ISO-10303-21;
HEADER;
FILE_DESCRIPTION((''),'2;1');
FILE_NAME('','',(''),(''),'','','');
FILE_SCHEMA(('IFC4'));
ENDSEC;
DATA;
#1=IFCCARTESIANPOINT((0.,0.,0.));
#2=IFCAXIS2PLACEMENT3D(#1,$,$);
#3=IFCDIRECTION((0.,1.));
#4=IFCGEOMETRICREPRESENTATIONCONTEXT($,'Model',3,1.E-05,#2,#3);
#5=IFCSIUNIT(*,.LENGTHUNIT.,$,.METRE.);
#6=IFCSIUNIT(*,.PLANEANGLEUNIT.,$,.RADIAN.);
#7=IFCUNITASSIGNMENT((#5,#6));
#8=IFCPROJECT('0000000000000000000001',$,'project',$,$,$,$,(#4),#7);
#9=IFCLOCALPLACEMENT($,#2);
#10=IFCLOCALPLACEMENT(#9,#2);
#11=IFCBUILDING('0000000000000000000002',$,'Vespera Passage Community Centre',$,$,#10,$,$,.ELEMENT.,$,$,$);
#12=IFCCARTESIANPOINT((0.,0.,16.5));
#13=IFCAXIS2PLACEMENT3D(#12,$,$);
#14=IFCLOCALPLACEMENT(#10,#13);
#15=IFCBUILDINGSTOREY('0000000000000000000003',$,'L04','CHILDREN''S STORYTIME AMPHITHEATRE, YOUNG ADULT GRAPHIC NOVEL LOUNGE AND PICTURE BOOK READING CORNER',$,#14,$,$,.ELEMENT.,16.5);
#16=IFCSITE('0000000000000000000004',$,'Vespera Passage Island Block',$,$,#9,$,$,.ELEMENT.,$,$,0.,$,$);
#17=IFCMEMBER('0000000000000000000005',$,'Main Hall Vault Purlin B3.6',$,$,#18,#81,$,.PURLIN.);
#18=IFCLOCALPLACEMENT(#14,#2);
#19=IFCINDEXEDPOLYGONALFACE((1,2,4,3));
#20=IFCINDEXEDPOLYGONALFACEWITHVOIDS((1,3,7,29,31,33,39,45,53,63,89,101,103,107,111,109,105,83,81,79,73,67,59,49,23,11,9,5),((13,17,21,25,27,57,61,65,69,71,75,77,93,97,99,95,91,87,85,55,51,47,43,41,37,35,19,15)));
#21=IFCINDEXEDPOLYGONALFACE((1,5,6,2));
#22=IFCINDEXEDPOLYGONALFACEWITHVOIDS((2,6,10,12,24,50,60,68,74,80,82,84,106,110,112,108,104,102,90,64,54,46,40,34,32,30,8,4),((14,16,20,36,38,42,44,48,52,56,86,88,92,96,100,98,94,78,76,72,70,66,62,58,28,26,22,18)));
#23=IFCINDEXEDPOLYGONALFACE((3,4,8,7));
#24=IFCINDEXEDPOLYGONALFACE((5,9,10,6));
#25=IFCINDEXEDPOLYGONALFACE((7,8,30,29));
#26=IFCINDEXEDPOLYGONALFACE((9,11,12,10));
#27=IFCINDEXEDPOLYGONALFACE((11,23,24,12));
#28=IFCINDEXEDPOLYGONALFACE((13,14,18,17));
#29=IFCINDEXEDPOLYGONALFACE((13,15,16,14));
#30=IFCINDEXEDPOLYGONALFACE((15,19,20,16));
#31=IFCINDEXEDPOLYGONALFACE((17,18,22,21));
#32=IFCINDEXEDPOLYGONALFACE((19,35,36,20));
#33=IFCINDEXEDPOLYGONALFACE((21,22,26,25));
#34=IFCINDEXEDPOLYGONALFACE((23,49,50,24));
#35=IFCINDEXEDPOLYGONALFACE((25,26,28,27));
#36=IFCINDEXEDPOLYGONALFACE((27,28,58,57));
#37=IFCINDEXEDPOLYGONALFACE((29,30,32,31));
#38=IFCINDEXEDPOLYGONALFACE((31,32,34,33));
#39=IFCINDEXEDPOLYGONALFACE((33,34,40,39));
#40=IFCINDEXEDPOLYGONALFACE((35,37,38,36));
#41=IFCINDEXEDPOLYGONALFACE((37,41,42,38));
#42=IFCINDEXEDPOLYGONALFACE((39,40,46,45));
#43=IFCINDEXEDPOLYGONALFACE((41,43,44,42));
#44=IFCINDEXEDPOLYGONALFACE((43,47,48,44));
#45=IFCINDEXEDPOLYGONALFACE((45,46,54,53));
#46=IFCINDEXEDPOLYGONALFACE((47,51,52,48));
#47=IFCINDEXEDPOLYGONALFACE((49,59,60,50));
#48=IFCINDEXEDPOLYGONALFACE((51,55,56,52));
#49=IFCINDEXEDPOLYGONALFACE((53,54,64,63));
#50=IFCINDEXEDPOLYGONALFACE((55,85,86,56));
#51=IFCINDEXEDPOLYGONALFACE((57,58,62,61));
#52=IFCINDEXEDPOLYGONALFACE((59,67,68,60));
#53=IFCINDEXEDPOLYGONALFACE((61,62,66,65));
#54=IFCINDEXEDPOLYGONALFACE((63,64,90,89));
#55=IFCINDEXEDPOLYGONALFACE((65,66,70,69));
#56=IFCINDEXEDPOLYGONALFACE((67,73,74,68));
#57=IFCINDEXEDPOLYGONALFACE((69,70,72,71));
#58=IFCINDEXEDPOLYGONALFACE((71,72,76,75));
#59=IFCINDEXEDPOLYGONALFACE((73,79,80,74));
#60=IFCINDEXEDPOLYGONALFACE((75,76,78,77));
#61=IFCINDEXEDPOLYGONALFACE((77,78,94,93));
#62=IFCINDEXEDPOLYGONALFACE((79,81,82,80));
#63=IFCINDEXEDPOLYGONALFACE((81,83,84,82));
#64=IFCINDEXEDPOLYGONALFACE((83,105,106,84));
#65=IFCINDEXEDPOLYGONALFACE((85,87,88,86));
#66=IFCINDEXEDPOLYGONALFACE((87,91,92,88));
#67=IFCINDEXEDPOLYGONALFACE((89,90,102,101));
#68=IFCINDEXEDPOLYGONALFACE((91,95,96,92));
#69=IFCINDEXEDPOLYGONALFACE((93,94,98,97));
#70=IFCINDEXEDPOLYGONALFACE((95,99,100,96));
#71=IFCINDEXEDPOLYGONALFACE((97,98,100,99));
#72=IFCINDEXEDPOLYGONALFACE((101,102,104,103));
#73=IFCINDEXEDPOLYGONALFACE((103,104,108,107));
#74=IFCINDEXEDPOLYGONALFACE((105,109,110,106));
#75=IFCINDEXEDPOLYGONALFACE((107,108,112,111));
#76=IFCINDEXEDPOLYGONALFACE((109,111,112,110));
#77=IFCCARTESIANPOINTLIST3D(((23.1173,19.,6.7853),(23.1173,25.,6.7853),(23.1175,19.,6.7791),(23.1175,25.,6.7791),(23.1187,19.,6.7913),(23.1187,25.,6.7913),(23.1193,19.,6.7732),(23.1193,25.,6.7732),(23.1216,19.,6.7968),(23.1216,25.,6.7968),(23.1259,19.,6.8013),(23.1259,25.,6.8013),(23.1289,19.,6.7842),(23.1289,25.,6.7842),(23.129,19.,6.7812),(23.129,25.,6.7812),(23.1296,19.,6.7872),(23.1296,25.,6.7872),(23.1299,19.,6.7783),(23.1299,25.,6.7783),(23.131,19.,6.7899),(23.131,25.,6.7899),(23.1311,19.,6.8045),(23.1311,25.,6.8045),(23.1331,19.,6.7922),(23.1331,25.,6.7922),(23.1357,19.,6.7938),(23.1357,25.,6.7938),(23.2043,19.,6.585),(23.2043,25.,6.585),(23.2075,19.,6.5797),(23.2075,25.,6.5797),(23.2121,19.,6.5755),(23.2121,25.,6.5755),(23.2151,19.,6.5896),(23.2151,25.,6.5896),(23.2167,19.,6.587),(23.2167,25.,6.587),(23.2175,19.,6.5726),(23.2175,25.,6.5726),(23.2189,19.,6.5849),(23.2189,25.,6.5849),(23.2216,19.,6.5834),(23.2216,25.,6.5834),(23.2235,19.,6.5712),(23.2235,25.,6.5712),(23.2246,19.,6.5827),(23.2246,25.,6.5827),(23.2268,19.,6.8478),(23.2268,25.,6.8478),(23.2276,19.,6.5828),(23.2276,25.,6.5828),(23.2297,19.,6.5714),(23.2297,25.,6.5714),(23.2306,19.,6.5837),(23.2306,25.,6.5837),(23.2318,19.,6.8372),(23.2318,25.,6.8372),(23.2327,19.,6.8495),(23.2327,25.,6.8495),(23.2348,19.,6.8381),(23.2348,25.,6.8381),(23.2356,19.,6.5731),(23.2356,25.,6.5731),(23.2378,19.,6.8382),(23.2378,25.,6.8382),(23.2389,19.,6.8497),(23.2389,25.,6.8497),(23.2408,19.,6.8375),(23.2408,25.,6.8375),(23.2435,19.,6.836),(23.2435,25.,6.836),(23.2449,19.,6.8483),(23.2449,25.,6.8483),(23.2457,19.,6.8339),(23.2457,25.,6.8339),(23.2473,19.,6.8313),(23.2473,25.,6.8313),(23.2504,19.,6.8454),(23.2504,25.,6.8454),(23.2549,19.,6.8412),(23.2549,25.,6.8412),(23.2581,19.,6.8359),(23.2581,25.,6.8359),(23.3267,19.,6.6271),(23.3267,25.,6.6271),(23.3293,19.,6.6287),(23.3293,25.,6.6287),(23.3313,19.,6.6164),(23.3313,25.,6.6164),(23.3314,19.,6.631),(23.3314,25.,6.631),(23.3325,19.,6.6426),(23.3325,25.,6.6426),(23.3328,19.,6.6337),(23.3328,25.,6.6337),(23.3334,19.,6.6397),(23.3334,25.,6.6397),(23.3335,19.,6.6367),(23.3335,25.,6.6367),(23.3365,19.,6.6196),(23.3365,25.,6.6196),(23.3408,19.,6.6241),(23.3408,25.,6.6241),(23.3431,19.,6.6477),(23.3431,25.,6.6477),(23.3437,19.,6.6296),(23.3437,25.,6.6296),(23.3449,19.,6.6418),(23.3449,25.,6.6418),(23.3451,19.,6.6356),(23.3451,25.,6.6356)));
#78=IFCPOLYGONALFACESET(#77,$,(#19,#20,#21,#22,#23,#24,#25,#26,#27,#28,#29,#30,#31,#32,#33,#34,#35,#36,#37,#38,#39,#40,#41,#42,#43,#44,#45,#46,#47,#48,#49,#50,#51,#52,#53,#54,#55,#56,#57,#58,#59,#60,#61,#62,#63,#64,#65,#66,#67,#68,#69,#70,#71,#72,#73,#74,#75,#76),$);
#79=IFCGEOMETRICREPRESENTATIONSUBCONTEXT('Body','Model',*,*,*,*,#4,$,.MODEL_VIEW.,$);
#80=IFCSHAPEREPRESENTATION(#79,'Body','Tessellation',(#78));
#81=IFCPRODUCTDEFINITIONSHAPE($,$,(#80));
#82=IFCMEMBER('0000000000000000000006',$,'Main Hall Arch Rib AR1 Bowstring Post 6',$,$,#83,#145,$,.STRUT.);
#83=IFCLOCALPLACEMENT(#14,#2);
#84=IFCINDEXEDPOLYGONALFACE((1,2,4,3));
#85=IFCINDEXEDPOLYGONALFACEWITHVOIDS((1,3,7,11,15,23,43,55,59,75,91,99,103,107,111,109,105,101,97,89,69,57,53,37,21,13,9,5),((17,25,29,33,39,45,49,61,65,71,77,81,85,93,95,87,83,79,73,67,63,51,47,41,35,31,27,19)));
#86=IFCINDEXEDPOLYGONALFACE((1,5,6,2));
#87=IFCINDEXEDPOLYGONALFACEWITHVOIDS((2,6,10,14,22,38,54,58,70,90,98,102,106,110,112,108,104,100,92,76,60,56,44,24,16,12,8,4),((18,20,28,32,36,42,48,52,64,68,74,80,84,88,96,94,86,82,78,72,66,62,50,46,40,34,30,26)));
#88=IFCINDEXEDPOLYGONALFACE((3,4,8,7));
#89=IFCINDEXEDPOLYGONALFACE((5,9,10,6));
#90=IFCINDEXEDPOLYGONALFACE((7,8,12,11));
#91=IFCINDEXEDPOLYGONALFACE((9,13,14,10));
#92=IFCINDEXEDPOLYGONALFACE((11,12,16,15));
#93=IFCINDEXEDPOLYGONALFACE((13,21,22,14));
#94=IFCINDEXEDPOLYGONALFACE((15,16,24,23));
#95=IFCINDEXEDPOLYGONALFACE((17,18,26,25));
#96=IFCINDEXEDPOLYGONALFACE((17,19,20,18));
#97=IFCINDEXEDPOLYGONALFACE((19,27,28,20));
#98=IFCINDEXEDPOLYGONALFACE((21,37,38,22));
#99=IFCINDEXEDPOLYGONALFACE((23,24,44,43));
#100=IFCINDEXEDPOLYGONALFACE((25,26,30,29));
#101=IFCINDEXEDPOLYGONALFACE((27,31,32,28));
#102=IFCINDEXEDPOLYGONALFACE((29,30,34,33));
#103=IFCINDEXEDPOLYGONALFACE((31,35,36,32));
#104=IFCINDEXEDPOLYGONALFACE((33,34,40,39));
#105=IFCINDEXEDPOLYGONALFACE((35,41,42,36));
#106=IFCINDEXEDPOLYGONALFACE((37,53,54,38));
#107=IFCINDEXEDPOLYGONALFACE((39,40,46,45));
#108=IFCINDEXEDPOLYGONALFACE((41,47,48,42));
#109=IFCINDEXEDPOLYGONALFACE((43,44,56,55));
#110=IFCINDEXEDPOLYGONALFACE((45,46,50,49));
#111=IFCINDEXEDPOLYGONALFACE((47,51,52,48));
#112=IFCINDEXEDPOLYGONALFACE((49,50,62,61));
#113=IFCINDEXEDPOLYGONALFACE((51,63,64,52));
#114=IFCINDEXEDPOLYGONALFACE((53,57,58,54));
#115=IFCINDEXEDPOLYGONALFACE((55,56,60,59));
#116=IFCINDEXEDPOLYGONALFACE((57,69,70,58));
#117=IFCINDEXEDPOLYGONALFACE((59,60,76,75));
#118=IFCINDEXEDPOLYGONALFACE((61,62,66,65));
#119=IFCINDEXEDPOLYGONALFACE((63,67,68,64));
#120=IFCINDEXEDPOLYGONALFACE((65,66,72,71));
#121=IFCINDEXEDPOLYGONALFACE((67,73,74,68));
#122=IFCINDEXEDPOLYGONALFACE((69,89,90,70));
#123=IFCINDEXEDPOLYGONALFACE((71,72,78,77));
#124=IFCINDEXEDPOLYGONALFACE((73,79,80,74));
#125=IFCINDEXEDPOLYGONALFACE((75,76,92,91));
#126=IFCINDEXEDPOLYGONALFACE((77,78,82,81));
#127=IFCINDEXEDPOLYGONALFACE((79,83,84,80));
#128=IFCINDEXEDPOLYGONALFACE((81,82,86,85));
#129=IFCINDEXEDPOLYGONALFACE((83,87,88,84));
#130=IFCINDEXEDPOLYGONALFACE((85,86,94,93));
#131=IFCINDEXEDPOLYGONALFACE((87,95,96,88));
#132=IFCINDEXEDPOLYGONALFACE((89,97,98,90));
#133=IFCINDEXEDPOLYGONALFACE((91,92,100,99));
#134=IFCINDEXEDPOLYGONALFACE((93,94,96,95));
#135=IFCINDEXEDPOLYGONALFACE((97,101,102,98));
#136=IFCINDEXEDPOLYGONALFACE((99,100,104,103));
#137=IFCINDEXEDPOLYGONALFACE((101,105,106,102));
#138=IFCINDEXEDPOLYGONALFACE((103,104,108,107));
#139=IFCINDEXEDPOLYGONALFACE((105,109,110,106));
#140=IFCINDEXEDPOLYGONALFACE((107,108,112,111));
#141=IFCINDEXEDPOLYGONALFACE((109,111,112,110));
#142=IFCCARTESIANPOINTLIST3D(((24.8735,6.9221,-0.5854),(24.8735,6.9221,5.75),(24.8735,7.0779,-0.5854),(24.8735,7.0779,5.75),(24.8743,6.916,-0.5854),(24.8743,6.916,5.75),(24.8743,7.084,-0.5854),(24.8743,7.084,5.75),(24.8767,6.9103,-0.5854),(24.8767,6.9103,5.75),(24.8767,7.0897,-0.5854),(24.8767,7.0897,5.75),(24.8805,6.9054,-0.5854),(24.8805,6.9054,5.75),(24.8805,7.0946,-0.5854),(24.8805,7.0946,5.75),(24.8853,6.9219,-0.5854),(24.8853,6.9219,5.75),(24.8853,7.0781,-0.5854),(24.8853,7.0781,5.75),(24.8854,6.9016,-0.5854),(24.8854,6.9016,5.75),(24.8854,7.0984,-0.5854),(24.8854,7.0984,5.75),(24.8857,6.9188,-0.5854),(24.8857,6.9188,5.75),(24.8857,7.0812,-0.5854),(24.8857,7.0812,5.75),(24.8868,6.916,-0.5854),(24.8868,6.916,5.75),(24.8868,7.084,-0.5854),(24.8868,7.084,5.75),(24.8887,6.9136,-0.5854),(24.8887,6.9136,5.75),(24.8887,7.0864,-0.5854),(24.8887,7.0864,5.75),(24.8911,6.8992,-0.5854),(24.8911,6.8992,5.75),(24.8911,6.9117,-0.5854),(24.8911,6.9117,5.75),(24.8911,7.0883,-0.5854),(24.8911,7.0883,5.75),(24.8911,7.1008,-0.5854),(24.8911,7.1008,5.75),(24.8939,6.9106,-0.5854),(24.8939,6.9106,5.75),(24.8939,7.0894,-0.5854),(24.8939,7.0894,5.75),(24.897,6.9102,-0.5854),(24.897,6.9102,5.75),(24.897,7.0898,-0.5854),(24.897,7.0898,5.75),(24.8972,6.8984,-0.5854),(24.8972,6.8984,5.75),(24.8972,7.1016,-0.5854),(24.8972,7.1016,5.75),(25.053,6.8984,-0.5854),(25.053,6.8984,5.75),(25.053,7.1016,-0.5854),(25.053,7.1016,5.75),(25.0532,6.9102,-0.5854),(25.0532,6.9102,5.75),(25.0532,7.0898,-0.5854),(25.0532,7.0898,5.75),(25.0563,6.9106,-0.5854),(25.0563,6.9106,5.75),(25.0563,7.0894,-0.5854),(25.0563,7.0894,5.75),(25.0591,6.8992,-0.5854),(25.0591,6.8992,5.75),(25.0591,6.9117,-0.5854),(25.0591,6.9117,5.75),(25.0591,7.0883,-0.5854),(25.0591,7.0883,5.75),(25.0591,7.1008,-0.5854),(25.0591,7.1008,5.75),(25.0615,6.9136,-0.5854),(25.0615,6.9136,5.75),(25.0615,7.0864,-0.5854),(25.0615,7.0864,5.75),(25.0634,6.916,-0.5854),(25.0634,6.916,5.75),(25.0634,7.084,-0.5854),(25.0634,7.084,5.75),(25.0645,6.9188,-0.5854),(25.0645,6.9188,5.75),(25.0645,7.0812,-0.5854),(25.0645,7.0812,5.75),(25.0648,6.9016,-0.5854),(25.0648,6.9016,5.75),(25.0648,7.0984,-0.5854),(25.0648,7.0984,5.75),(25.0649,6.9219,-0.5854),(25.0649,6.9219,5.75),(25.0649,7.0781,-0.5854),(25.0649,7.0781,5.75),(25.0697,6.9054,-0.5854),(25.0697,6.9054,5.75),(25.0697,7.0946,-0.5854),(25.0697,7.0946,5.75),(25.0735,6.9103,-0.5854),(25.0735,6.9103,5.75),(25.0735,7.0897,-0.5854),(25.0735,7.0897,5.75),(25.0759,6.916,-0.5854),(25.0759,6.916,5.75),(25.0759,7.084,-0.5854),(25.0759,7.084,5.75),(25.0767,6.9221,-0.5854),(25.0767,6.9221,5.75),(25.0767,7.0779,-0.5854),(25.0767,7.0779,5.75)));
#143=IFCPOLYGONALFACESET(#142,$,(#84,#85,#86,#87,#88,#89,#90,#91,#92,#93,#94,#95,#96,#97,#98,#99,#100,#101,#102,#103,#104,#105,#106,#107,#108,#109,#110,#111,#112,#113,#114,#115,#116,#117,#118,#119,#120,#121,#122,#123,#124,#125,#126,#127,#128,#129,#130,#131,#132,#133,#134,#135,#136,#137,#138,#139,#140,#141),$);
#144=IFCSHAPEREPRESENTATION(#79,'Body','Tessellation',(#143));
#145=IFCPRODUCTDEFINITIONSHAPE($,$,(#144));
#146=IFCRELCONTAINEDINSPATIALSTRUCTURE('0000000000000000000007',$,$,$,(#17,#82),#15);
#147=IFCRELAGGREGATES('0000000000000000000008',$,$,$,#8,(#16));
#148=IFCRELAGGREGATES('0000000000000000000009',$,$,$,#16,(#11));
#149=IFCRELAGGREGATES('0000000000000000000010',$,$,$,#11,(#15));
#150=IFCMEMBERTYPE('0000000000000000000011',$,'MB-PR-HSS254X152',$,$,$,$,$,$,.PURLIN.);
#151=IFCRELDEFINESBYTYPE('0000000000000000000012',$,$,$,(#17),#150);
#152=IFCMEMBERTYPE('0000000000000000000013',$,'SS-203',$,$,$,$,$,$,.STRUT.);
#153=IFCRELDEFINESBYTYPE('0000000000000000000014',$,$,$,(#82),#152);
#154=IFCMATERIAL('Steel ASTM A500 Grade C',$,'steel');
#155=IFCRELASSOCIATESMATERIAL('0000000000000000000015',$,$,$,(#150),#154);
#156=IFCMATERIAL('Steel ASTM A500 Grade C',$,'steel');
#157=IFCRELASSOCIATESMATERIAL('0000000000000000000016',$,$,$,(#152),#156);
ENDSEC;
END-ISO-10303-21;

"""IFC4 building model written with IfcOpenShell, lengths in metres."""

from ifc_helpers import new_model, si_unit, direction, frame, origin, origin_2d, place, context, subcontext, project, spatial, hollow_rectangle, extrude, material, material_profile, profile_set, type_object, element, save


model = new_model("IFC4")

# Units and contexts
model_context = context("Model", 3, precision=1e-05, world=origin(), true_north=direction((0.0, 1.0)))
body_context = subcontext(model_context, "Body", "Model", "MODEL_VIEW")
ifc_project = project(units=[si_unit("LENGTHUNIT", "METRE"), si_unit("PLANEANGLEUNIT", "RADIAN")], contexts=[model_context])

# Site, building, storey
site_placement = place(None, origin())
site = spatial("IfcSite", under=ifc_project, at=site_placement, Name="Vespera Passage Island Block", CompositionType="ELEMENT", RefElevation=0.0)
building_placement = place(site_placement, origin())
building = spatial("IfcBuilding", under=site, at=building_placement, Name="Vespera Passage Community Centre", CompositionType="ELEMENT")
storey_placement = place(building_placement, frame((0.0, 0.0, 16.5)))
storey = spatial("IfcBuildingStorey", under=building, at=storey_placement, Name="L04", Description="CHILDREN'S STORYTIME AMPHITHEATRE, YOUNG ADULT GRAPHIC NOVEL LOUNGE AND PICTURE BOOK READING CORNER", CompositionType="ELEMENT", Elevation=16.5)

# Members
ifc_material_1 = material(Name="Steel ASTM A500 Grade C", Category="steel")
ifc_material_profile_1 = material_profile(ifc_material_1, hollow_rectangle(XDim=0.1523, YDim=0.2539, WallThickness=0.0117, InnerFilletRadius=0.0117, OuterFilletRadius=0.0237, at=origin_2d()), Name="HSS254X152X12.7")
ifc_profile_set_1 = profile_set([ifc_material_profile_1], Name="Steel ASTM A500 Grade C")
member_type_1 = type_object("IfcMemberType", Name="MB-PR-HSS254X152", PredefinedType="PURLIN", material=ifc_profile_set_1)
for number, where, z_axis, x_axis, name in (
    (1, (23.2312, 19.0, 6.7104), (0.0, 1.0, 0.0), (-0.911367, 0.0, -0.411594), "Main Hall Vault Purlin B3.6"),
):
    element("IfcMember", number, at=place(storey_placement, frame(where, z_axis=z_axis, x_axis=x_axis)), inside=storey, type_object=member_type_1, Name=name, PredefinedType="PURLIN", context=body_context, shape_type="SweptSolid", body=[
        extrude(hollow_rectangle(XDim=0.1523, YDim=0.2539, WallThickness=0.0117, InnerFilletRadius=0.0117, OuterFilletRadius=0.0237, at=origin_2d()), origin(), (0.0, 0.0, 1.0), 6.0),
    ])
ifc_material_2 = material(Name="Steel ASTM A500 Grade C", Category="steel")
ifc_material_profile_2 = material_profile(ifc_material_2, hollow_rectangle(XDim=0.2031, YDim=0.2031, WallThickness=0.0117, InnerFilletRadius=0.0117, OuterFilletRadius=0.0237, at=origin_2d()), Name="HSS203X203X12.7")
ifc_profile_set_2 = profile_set([ifc_material_profile_2], Name="Steel ASTM A500 Grade C")
member_type_2 = type_object("IfcMemberType", Name="SS-203", PredefinedType="STRUT", material=ifc_profile_set_2)
member_1_placement = place(storey_placement, frame((24.9751, 7.0, -0.5854), z_axis=(0.0, 0.0, 1.0), x_axis=(1.0, 0.0, 0.0)))
element("IfcMember", 2, at=member_1_placement, inside=storey, type_object=member_type_2, Name="Main Hall Arch Rib AR1 Bowstring Post 6", PredefinedType="STRUT", context=body_context, shape_type="SweptSolid", body=[
    extrude(hollow_rectangle(XDim=0.2031, YDim=0.2031, WallThickness=0.0117, InnerFilletRadius=0.0117, OuterFilletRadius=0.0237, at=origin_2d()), origin(), (0.0, 0.0, 1.0), 6.3354),
])

save(model, "model.ifc")
